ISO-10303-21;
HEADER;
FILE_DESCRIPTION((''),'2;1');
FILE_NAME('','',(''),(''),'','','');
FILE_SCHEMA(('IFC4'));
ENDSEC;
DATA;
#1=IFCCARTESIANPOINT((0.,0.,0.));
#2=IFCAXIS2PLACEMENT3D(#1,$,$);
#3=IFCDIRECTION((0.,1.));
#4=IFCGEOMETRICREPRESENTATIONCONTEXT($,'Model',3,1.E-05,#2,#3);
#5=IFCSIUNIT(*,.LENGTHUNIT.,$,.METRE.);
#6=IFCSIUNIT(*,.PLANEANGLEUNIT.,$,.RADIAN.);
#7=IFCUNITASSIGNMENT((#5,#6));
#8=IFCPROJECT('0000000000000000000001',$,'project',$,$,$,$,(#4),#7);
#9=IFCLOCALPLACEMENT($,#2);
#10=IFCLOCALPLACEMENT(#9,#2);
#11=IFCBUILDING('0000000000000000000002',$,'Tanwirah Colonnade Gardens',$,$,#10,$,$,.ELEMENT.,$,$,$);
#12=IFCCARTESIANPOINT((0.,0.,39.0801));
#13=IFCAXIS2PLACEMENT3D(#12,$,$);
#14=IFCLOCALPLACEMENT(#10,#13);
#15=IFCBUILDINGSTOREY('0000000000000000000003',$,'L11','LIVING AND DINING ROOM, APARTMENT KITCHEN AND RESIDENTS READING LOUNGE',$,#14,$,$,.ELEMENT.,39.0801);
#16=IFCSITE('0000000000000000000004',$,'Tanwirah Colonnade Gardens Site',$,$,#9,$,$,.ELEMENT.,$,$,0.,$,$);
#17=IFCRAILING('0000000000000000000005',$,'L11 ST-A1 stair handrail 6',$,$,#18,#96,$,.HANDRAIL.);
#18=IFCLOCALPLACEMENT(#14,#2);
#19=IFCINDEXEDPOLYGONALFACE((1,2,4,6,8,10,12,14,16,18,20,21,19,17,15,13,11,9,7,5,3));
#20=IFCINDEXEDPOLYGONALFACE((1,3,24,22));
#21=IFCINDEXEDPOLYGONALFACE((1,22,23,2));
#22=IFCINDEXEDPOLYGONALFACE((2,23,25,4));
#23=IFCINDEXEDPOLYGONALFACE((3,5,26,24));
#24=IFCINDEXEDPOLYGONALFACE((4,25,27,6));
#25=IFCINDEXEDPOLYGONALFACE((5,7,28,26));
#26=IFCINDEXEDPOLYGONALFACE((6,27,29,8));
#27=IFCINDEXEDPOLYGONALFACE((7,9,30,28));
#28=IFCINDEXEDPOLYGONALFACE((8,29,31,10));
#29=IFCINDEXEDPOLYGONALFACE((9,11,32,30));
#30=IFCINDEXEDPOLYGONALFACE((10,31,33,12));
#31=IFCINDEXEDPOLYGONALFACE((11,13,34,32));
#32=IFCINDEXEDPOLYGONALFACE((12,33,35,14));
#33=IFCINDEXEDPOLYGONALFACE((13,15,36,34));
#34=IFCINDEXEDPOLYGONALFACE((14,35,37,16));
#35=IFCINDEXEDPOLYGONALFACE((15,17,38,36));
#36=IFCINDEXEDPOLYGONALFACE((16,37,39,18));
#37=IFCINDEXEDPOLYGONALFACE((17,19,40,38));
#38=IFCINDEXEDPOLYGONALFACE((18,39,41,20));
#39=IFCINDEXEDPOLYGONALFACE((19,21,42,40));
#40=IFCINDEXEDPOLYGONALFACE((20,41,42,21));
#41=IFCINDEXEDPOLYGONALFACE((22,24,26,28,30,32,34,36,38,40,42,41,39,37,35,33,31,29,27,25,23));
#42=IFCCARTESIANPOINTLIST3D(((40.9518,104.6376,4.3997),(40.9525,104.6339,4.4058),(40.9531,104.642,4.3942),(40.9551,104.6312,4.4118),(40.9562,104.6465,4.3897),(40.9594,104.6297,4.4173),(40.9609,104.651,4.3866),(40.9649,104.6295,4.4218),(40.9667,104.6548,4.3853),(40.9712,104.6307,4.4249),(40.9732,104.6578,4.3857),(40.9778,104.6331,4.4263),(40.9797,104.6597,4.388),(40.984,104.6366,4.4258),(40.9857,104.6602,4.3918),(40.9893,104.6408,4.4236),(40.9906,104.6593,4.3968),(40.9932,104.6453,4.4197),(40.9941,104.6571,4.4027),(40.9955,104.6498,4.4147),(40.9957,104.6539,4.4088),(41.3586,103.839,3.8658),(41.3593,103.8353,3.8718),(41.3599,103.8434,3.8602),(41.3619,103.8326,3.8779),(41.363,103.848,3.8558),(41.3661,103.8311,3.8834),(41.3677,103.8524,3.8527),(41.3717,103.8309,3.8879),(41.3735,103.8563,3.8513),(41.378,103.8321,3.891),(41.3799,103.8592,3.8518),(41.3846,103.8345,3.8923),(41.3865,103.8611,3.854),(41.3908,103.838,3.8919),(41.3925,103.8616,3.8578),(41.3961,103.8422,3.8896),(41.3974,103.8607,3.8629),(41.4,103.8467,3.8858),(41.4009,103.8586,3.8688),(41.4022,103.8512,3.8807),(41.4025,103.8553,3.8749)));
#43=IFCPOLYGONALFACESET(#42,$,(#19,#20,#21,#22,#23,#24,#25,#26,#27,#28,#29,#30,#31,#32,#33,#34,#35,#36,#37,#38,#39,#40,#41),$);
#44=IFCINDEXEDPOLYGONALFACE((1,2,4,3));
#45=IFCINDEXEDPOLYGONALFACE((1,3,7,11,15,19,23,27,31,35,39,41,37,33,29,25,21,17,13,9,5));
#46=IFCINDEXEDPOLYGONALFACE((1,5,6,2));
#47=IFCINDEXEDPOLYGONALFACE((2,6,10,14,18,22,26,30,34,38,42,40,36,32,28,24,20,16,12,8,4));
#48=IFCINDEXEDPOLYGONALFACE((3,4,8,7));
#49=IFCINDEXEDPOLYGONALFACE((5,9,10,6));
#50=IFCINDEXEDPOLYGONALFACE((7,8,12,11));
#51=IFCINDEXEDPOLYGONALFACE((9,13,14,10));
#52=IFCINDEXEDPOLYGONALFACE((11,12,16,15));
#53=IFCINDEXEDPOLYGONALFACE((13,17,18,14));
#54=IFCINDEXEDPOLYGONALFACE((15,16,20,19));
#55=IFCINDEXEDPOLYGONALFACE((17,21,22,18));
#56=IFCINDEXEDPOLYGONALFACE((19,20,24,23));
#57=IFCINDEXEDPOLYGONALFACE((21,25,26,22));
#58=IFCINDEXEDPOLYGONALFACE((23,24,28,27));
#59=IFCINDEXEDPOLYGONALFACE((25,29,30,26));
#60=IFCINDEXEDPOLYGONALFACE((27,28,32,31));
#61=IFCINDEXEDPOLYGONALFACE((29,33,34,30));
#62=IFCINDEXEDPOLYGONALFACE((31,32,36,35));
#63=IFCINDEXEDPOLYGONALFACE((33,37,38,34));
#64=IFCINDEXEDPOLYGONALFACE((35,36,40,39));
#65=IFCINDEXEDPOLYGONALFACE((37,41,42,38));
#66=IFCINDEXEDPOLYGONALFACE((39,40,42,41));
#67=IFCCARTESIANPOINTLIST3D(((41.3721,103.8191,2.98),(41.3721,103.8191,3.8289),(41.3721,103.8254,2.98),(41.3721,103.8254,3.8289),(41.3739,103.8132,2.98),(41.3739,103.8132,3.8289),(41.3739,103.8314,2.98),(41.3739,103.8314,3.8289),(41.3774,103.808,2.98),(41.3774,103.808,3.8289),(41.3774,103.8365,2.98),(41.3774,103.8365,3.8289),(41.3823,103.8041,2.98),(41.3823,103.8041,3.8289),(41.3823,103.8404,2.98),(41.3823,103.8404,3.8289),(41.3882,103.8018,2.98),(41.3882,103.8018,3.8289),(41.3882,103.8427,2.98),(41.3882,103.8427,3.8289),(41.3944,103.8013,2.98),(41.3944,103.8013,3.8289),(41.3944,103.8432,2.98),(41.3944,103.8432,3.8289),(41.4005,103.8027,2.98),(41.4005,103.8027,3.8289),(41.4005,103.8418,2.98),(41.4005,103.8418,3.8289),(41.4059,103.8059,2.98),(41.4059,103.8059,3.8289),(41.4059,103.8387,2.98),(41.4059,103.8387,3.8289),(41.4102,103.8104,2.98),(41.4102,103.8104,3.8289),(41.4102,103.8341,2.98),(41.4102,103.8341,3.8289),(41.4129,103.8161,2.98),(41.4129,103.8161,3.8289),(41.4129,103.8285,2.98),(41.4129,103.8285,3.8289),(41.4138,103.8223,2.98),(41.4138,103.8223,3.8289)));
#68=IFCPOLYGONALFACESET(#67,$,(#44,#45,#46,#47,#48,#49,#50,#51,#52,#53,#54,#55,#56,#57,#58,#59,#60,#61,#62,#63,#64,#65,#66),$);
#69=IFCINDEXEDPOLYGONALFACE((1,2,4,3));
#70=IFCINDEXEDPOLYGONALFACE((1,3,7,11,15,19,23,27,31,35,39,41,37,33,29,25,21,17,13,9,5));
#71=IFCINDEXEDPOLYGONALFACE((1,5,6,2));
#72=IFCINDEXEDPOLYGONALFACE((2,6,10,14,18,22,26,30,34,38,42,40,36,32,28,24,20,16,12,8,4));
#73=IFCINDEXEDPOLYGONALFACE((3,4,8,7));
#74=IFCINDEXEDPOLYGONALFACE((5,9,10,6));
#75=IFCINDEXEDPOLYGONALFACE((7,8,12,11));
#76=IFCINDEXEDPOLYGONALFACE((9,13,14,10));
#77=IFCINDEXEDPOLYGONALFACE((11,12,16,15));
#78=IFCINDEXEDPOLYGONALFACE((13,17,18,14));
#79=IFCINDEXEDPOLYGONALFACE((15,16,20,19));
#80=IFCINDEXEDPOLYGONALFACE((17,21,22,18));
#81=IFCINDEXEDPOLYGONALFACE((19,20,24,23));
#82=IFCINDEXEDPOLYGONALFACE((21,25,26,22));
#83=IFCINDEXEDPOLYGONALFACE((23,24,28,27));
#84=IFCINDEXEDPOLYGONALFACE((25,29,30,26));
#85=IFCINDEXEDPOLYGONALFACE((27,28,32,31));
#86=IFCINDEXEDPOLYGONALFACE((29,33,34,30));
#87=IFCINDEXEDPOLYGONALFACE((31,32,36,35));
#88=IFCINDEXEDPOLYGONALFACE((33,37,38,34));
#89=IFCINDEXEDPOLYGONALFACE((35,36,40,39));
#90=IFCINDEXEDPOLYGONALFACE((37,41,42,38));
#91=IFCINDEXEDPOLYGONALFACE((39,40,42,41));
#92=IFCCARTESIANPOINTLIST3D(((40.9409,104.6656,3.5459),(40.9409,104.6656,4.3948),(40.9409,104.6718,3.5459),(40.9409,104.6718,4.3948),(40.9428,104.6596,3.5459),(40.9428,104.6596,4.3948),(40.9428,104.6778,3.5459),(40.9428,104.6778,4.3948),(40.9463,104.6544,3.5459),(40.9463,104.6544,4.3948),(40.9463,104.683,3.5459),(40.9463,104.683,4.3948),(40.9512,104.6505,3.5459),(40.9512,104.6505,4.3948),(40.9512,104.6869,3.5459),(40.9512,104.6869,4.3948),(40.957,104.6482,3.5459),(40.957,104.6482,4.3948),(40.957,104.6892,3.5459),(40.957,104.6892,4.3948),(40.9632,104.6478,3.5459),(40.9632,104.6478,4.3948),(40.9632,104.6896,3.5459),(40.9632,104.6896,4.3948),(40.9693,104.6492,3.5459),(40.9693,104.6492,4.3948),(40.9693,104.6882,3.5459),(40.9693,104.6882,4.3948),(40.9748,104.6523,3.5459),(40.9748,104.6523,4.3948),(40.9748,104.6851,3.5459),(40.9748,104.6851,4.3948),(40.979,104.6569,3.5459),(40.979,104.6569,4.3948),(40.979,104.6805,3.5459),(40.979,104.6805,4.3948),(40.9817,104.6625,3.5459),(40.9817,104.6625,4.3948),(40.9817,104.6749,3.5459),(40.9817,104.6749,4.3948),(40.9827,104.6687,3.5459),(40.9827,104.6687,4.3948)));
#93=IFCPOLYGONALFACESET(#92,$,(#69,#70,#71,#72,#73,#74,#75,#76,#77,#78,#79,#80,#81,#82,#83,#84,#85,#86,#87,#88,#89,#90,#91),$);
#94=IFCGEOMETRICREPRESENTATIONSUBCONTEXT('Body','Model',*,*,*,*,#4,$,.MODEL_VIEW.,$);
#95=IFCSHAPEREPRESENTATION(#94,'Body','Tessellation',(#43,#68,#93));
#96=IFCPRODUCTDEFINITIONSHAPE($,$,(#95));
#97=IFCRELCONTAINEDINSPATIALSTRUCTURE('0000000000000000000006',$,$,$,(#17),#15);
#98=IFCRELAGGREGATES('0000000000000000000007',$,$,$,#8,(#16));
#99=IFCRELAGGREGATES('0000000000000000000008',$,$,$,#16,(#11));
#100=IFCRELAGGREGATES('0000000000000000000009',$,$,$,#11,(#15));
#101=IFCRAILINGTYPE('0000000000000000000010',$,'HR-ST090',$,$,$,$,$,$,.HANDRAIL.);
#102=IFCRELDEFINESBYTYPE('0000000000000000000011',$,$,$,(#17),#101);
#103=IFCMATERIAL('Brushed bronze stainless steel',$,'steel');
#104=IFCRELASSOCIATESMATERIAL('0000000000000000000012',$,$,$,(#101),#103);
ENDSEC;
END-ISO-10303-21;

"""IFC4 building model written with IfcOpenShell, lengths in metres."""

from ifc_helpers import new_model, si_unit, direction, frame, origin, origin_2d, place, context, subcontext, project, spatial, circle, extrude, material, type_object, element, save


model = new_model("IFC4")

# Units and contexts
model_context = context("Model", 3, precision=1e-05, world=origin(), true_north=direction((0.0, 1.0)))
body_context = subcontext(model_context, "Body", "Model", "MODEL_VIEW")
ifc_project = project(units=[si_unit("LENGTHUNIT", "METRE"), si_unit("PLANEANGLEUNIT", "RADIAN")], contexts=[model_context])

# Site, building, storey
site_placement = place(None, origin())
site = spatial("IfcSite", under=ifc_project, at=site_placement, Name="Tanwirah Colonnade Gardens Site", CompositionType="ELEMENT", RefElevation=0.0)
building_placement = place(site_placement, origin())
building = spatial("IfcBuilding", under=site, at=building_placement, Name="Tanwirah Colonnade Gardens", CompositionType="ELEMENT")
storey_placement = place(building_placement, frame((0.0, 0.0, 39.0801)))
storey = spatial("IfcBuildingStorey", under=building, at=storey_placement, Name="L11", Description="LIVING AND DINING ROOM, APARTMENT KITCHEN AND RESIDENTS READING LOUNGE", CompositionType="ELEMENT", Elevation=39.0801)

# Railing
ifc_material_1 = material(Name="Brushed bronze stainless steel", Category="steel")
railing_type_1 = type_object("IfcRailingType", Name="HR-ST090", PredefinedType="HANDRAIL", material=ifc_material_1)
railing_1_placement = place(storey_placement, frame((41.3928, 103.8223, 2.98)))
element("IfcRailing", 1, at=railing_1_placement, inside=storey, type_object=railing_type_1, Name="L11 ST-A1 stair handrail 6", PredefinedType="HANDRAIL", context=body_context, shape_type="SweptSolid", body=[
    extrude(circle(Radius=0.0239, at=origin_2d()), frame((-0.0122, 0.0239, 0.8918), z_axis=(-0.38993, 0.765509, 0.511811), x_axis=(-0.891061, -0.453883, 0.0)), (0.0, 0.0, 1.0), 1.0432),
    extrude(circle(Radius=0.021, at=origin_2d()), origin(), (0.0, 0.0, 1.0), 0.8489),
    extrude(circle(Radius=0.021, at=origin_2d()), frame((-0.4312, 0.8464, 0.5659)), (0.0, 0.0, 1.0), 0.8489),
])

save(model, "model.ifc")
